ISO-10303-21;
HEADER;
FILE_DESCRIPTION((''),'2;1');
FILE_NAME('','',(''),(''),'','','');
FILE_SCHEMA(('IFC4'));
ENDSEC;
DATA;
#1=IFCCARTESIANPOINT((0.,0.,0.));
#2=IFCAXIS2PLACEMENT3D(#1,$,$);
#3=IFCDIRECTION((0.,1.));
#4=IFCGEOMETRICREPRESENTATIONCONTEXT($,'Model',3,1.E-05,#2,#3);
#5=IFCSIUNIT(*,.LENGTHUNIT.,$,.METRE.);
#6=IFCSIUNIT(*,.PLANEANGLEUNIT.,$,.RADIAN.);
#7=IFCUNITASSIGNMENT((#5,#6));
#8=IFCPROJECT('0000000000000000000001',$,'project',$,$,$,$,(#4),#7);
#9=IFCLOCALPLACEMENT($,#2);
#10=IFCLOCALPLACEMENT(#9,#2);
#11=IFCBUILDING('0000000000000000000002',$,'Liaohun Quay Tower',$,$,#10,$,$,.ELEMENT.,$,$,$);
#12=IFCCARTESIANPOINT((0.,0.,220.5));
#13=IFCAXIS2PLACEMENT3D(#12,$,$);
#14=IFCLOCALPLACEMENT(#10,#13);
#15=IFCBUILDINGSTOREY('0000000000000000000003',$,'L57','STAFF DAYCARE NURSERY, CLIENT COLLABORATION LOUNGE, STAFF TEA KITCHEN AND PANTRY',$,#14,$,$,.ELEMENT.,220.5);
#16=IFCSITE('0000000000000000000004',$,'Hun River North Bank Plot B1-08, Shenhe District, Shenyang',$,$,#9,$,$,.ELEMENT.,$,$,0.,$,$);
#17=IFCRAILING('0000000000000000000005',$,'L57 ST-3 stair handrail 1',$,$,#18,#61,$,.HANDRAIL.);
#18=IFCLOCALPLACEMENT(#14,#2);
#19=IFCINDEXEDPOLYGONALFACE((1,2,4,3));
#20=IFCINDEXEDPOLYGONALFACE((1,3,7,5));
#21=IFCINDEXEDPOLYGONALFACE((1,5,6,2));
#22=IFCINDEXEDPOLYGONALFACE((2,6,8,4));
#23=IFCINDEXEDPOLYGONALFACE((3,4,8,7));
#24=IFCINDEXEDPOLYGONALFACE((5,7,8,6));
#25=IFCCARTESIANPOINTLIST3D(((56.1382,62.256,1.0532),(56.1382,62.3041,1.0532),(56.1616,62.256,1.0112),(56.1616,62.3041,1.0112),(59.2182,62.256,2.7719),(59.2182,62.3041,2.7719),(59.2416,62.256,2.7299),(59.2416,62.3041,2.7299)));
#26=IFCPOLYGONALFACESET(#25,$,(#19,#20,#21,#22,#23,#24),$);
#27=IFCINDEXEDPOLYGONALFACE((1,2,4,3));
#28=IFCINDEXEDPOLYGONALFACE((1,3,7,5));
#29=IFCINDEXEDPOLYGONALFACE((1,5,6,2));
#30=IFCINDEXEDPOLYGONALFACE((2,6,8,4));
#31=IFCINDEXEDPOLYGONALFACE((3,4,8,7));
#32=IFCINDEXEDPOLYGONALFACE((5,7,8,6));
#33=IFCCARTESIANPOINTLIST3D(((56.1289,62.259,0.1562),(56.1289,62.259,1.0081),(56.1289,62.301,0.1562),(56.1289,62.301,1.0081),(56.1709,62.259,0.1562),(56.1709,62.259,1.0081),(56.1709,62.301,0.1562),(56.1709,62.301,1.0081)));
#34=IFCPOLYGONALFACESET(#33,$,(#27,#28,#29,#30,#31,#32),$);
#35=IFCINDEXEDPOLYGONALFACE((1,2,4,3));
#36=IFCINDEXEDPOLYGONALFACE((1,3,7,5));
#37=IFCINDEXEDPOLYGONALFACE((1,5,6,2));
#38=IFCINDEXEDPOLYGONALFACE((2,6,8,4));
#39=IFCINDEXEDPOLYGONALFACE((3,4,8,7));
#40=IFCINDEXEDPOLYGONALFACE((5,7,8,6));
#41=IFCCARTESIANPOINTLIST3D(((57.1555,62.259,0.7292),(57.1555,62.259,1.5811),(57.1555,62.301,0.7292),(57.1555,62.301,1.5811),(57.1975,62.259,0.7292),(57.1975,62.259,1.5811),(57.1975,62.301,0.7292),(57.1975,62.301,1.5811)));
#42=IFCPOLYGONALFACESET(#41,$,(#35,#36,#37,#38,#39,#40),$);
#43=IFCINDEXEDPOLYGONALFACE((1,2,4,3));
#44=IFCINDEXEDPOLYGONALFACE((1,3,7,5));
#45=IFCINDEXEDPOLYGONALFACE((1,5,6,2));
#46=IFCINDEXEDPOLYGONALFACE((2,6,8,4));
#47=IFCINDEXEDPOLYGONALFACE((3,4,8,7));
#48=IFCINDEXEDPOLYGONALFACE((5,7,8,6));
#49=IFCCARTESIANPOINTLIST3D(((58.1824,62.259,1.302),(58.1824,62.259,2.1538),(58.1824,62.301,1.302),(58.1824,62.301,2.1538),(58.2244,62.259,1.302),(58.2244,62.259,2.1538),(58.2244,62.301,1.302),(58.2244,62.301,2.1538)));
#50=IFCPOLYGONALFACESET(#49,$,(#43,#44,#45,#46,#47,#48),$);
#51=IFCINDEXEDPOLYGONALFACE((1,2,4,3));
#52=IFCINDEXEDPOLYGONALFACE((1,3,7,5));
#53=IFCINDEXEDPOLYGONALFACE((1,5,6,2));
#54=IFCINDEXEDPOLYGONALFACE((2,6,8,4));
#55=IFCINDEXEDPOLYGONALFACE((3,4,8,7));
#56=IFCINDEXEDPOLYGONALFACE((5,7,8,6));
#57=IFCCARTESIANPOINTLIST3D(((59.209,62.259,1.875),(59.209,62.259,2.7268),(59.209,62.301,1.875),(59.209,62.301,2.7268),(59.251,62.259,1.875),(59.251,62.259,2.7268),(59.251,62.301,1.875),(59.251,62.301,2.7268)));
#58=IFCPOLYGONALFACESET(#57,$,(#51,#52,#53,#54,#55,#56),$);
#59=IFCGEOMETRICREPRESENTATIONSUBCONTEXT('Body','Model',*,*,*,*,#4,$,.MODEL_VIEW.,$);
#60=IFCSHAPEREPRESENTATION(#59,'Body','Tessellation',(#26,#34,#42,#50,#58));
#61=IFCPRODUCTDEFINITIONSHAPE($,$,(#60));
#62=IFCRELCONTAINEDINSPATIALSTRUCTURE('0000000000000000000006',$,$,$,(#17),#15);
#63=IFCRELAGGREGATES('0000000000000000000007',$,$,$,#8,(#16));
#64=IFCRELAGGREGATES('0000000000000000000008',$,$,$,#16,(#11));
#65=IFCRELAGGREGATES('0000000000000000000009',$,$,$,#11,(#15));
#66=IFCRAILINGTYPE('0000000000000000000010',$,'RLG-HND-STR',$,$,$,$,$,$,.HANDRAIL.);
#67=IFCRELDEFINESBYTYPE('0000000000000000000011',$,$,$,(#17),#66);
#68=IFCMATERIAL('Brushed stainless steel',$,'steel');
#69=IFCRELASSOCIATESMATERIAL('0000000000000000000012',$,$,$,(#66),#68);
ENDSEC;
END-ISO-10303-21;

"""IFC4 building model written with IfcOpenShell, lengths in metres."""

from ifc_helpers import new_model, si_unit, direction, frame, origin, origin_2d, place, context, subcontext, project, spatial, rectangle, extrude, material, type_object, element, save


model = new_model("IFC4")

# Units and contexts
model_context = context("Model", 3, precision=1e-05, world=origin(), true_north=direction((0.0, 1.0)))
body_context = subcontext(model_context, "Body", "Model", "MODEL_VIEW")
ifc_project = project(units=[si_unit("LENGTHUNIT", "METRE"), si_unit("PLANEANGLEUNIT", "RADIAN")], contexts=[model_context])

# Site, building, storey
site_placement = place(None, origin())
site = spatial("IfcSite", under=ifc_project, at=site_placement, Name="Hun River North Bank Plot B1-08, Shenhe District, Shenyang", CompositionType="ELEMENT", RefElevation=0.0)
building_placement = place(site_placement, origin())
building = spatial("IfcBuilding", under=site, at=building_placement, Name="Liaohun Quay Tower", CompositionType="ELEMENT")
storey_placement = place(building_placement, frame((0.0, 0.0, 220.5)))
storey = spatial("IfcBuildingStorey", under=building, at=storey_placement, Name="L57", Description="STAFF DAYCARE NURSERY, CLIENT COLLABORATION LOUNGE, STAFF TEA KITCHEN AND PANTRY", CompositionType="ELEMENT", Elevation=220.5)

# Railing
ifc_material_1 = material(Name="Brushed stainless steel", Category="steel")
railing_type_1 = type_object("IfcRailingType", Name="RLG-HND-STR", PredefinedType="HANDRAIL", material=ifc_material_1)
railing_1_placement = place(storey_placement, frame((56.1499, 62.28, 0.1562)))
element("IfcRailing", 1, at=railing_1_placement, inside=storey, type_object=railing_type_1, Name="L57 ST-3 stair handrail 1", PredefinedType="HANDRAIL", context=body_context, shape_type="SweptSolid", body=[
    extrude(rectangle(XDim=0.0481, YDim=0.0481, at=origin_2d()), frame((0.0, 0.0, 0.876), z_axis=(0.873242, 0.0, 0.487288), x_axis=(0.0, 1.0, 0.0)), (0.0, 0.0, 1.0), 3.5271),
    extrude(rectangle(XDim=0.042, YDim=0.042, at=origin_2d()), origin(), (0.0, 0.0, 1.0), 0.8518),
    extrude(rectangle(XDim=0.042, YDim=0.042, at=origin_2d()), frame((1.0266, 0.0, 0.573)), (0.0, 0.0, 1.0), 0.8518),
    extrude(rectangle(XDim=0.042, YDim=0.042, at=origin_2d()), frame((2.0535, 0.0, 1.1458)), (0.0, 0.0, 1.0), 0.8518),
    extrude(rectangle(XDim=0.042, YDim=0.042, at=origin_2d()), frame((3.0801, 0.0, 1.7188)), (0.0, 0.0, 1.0), 0.8518),
])

save(model, "model.ifc")
